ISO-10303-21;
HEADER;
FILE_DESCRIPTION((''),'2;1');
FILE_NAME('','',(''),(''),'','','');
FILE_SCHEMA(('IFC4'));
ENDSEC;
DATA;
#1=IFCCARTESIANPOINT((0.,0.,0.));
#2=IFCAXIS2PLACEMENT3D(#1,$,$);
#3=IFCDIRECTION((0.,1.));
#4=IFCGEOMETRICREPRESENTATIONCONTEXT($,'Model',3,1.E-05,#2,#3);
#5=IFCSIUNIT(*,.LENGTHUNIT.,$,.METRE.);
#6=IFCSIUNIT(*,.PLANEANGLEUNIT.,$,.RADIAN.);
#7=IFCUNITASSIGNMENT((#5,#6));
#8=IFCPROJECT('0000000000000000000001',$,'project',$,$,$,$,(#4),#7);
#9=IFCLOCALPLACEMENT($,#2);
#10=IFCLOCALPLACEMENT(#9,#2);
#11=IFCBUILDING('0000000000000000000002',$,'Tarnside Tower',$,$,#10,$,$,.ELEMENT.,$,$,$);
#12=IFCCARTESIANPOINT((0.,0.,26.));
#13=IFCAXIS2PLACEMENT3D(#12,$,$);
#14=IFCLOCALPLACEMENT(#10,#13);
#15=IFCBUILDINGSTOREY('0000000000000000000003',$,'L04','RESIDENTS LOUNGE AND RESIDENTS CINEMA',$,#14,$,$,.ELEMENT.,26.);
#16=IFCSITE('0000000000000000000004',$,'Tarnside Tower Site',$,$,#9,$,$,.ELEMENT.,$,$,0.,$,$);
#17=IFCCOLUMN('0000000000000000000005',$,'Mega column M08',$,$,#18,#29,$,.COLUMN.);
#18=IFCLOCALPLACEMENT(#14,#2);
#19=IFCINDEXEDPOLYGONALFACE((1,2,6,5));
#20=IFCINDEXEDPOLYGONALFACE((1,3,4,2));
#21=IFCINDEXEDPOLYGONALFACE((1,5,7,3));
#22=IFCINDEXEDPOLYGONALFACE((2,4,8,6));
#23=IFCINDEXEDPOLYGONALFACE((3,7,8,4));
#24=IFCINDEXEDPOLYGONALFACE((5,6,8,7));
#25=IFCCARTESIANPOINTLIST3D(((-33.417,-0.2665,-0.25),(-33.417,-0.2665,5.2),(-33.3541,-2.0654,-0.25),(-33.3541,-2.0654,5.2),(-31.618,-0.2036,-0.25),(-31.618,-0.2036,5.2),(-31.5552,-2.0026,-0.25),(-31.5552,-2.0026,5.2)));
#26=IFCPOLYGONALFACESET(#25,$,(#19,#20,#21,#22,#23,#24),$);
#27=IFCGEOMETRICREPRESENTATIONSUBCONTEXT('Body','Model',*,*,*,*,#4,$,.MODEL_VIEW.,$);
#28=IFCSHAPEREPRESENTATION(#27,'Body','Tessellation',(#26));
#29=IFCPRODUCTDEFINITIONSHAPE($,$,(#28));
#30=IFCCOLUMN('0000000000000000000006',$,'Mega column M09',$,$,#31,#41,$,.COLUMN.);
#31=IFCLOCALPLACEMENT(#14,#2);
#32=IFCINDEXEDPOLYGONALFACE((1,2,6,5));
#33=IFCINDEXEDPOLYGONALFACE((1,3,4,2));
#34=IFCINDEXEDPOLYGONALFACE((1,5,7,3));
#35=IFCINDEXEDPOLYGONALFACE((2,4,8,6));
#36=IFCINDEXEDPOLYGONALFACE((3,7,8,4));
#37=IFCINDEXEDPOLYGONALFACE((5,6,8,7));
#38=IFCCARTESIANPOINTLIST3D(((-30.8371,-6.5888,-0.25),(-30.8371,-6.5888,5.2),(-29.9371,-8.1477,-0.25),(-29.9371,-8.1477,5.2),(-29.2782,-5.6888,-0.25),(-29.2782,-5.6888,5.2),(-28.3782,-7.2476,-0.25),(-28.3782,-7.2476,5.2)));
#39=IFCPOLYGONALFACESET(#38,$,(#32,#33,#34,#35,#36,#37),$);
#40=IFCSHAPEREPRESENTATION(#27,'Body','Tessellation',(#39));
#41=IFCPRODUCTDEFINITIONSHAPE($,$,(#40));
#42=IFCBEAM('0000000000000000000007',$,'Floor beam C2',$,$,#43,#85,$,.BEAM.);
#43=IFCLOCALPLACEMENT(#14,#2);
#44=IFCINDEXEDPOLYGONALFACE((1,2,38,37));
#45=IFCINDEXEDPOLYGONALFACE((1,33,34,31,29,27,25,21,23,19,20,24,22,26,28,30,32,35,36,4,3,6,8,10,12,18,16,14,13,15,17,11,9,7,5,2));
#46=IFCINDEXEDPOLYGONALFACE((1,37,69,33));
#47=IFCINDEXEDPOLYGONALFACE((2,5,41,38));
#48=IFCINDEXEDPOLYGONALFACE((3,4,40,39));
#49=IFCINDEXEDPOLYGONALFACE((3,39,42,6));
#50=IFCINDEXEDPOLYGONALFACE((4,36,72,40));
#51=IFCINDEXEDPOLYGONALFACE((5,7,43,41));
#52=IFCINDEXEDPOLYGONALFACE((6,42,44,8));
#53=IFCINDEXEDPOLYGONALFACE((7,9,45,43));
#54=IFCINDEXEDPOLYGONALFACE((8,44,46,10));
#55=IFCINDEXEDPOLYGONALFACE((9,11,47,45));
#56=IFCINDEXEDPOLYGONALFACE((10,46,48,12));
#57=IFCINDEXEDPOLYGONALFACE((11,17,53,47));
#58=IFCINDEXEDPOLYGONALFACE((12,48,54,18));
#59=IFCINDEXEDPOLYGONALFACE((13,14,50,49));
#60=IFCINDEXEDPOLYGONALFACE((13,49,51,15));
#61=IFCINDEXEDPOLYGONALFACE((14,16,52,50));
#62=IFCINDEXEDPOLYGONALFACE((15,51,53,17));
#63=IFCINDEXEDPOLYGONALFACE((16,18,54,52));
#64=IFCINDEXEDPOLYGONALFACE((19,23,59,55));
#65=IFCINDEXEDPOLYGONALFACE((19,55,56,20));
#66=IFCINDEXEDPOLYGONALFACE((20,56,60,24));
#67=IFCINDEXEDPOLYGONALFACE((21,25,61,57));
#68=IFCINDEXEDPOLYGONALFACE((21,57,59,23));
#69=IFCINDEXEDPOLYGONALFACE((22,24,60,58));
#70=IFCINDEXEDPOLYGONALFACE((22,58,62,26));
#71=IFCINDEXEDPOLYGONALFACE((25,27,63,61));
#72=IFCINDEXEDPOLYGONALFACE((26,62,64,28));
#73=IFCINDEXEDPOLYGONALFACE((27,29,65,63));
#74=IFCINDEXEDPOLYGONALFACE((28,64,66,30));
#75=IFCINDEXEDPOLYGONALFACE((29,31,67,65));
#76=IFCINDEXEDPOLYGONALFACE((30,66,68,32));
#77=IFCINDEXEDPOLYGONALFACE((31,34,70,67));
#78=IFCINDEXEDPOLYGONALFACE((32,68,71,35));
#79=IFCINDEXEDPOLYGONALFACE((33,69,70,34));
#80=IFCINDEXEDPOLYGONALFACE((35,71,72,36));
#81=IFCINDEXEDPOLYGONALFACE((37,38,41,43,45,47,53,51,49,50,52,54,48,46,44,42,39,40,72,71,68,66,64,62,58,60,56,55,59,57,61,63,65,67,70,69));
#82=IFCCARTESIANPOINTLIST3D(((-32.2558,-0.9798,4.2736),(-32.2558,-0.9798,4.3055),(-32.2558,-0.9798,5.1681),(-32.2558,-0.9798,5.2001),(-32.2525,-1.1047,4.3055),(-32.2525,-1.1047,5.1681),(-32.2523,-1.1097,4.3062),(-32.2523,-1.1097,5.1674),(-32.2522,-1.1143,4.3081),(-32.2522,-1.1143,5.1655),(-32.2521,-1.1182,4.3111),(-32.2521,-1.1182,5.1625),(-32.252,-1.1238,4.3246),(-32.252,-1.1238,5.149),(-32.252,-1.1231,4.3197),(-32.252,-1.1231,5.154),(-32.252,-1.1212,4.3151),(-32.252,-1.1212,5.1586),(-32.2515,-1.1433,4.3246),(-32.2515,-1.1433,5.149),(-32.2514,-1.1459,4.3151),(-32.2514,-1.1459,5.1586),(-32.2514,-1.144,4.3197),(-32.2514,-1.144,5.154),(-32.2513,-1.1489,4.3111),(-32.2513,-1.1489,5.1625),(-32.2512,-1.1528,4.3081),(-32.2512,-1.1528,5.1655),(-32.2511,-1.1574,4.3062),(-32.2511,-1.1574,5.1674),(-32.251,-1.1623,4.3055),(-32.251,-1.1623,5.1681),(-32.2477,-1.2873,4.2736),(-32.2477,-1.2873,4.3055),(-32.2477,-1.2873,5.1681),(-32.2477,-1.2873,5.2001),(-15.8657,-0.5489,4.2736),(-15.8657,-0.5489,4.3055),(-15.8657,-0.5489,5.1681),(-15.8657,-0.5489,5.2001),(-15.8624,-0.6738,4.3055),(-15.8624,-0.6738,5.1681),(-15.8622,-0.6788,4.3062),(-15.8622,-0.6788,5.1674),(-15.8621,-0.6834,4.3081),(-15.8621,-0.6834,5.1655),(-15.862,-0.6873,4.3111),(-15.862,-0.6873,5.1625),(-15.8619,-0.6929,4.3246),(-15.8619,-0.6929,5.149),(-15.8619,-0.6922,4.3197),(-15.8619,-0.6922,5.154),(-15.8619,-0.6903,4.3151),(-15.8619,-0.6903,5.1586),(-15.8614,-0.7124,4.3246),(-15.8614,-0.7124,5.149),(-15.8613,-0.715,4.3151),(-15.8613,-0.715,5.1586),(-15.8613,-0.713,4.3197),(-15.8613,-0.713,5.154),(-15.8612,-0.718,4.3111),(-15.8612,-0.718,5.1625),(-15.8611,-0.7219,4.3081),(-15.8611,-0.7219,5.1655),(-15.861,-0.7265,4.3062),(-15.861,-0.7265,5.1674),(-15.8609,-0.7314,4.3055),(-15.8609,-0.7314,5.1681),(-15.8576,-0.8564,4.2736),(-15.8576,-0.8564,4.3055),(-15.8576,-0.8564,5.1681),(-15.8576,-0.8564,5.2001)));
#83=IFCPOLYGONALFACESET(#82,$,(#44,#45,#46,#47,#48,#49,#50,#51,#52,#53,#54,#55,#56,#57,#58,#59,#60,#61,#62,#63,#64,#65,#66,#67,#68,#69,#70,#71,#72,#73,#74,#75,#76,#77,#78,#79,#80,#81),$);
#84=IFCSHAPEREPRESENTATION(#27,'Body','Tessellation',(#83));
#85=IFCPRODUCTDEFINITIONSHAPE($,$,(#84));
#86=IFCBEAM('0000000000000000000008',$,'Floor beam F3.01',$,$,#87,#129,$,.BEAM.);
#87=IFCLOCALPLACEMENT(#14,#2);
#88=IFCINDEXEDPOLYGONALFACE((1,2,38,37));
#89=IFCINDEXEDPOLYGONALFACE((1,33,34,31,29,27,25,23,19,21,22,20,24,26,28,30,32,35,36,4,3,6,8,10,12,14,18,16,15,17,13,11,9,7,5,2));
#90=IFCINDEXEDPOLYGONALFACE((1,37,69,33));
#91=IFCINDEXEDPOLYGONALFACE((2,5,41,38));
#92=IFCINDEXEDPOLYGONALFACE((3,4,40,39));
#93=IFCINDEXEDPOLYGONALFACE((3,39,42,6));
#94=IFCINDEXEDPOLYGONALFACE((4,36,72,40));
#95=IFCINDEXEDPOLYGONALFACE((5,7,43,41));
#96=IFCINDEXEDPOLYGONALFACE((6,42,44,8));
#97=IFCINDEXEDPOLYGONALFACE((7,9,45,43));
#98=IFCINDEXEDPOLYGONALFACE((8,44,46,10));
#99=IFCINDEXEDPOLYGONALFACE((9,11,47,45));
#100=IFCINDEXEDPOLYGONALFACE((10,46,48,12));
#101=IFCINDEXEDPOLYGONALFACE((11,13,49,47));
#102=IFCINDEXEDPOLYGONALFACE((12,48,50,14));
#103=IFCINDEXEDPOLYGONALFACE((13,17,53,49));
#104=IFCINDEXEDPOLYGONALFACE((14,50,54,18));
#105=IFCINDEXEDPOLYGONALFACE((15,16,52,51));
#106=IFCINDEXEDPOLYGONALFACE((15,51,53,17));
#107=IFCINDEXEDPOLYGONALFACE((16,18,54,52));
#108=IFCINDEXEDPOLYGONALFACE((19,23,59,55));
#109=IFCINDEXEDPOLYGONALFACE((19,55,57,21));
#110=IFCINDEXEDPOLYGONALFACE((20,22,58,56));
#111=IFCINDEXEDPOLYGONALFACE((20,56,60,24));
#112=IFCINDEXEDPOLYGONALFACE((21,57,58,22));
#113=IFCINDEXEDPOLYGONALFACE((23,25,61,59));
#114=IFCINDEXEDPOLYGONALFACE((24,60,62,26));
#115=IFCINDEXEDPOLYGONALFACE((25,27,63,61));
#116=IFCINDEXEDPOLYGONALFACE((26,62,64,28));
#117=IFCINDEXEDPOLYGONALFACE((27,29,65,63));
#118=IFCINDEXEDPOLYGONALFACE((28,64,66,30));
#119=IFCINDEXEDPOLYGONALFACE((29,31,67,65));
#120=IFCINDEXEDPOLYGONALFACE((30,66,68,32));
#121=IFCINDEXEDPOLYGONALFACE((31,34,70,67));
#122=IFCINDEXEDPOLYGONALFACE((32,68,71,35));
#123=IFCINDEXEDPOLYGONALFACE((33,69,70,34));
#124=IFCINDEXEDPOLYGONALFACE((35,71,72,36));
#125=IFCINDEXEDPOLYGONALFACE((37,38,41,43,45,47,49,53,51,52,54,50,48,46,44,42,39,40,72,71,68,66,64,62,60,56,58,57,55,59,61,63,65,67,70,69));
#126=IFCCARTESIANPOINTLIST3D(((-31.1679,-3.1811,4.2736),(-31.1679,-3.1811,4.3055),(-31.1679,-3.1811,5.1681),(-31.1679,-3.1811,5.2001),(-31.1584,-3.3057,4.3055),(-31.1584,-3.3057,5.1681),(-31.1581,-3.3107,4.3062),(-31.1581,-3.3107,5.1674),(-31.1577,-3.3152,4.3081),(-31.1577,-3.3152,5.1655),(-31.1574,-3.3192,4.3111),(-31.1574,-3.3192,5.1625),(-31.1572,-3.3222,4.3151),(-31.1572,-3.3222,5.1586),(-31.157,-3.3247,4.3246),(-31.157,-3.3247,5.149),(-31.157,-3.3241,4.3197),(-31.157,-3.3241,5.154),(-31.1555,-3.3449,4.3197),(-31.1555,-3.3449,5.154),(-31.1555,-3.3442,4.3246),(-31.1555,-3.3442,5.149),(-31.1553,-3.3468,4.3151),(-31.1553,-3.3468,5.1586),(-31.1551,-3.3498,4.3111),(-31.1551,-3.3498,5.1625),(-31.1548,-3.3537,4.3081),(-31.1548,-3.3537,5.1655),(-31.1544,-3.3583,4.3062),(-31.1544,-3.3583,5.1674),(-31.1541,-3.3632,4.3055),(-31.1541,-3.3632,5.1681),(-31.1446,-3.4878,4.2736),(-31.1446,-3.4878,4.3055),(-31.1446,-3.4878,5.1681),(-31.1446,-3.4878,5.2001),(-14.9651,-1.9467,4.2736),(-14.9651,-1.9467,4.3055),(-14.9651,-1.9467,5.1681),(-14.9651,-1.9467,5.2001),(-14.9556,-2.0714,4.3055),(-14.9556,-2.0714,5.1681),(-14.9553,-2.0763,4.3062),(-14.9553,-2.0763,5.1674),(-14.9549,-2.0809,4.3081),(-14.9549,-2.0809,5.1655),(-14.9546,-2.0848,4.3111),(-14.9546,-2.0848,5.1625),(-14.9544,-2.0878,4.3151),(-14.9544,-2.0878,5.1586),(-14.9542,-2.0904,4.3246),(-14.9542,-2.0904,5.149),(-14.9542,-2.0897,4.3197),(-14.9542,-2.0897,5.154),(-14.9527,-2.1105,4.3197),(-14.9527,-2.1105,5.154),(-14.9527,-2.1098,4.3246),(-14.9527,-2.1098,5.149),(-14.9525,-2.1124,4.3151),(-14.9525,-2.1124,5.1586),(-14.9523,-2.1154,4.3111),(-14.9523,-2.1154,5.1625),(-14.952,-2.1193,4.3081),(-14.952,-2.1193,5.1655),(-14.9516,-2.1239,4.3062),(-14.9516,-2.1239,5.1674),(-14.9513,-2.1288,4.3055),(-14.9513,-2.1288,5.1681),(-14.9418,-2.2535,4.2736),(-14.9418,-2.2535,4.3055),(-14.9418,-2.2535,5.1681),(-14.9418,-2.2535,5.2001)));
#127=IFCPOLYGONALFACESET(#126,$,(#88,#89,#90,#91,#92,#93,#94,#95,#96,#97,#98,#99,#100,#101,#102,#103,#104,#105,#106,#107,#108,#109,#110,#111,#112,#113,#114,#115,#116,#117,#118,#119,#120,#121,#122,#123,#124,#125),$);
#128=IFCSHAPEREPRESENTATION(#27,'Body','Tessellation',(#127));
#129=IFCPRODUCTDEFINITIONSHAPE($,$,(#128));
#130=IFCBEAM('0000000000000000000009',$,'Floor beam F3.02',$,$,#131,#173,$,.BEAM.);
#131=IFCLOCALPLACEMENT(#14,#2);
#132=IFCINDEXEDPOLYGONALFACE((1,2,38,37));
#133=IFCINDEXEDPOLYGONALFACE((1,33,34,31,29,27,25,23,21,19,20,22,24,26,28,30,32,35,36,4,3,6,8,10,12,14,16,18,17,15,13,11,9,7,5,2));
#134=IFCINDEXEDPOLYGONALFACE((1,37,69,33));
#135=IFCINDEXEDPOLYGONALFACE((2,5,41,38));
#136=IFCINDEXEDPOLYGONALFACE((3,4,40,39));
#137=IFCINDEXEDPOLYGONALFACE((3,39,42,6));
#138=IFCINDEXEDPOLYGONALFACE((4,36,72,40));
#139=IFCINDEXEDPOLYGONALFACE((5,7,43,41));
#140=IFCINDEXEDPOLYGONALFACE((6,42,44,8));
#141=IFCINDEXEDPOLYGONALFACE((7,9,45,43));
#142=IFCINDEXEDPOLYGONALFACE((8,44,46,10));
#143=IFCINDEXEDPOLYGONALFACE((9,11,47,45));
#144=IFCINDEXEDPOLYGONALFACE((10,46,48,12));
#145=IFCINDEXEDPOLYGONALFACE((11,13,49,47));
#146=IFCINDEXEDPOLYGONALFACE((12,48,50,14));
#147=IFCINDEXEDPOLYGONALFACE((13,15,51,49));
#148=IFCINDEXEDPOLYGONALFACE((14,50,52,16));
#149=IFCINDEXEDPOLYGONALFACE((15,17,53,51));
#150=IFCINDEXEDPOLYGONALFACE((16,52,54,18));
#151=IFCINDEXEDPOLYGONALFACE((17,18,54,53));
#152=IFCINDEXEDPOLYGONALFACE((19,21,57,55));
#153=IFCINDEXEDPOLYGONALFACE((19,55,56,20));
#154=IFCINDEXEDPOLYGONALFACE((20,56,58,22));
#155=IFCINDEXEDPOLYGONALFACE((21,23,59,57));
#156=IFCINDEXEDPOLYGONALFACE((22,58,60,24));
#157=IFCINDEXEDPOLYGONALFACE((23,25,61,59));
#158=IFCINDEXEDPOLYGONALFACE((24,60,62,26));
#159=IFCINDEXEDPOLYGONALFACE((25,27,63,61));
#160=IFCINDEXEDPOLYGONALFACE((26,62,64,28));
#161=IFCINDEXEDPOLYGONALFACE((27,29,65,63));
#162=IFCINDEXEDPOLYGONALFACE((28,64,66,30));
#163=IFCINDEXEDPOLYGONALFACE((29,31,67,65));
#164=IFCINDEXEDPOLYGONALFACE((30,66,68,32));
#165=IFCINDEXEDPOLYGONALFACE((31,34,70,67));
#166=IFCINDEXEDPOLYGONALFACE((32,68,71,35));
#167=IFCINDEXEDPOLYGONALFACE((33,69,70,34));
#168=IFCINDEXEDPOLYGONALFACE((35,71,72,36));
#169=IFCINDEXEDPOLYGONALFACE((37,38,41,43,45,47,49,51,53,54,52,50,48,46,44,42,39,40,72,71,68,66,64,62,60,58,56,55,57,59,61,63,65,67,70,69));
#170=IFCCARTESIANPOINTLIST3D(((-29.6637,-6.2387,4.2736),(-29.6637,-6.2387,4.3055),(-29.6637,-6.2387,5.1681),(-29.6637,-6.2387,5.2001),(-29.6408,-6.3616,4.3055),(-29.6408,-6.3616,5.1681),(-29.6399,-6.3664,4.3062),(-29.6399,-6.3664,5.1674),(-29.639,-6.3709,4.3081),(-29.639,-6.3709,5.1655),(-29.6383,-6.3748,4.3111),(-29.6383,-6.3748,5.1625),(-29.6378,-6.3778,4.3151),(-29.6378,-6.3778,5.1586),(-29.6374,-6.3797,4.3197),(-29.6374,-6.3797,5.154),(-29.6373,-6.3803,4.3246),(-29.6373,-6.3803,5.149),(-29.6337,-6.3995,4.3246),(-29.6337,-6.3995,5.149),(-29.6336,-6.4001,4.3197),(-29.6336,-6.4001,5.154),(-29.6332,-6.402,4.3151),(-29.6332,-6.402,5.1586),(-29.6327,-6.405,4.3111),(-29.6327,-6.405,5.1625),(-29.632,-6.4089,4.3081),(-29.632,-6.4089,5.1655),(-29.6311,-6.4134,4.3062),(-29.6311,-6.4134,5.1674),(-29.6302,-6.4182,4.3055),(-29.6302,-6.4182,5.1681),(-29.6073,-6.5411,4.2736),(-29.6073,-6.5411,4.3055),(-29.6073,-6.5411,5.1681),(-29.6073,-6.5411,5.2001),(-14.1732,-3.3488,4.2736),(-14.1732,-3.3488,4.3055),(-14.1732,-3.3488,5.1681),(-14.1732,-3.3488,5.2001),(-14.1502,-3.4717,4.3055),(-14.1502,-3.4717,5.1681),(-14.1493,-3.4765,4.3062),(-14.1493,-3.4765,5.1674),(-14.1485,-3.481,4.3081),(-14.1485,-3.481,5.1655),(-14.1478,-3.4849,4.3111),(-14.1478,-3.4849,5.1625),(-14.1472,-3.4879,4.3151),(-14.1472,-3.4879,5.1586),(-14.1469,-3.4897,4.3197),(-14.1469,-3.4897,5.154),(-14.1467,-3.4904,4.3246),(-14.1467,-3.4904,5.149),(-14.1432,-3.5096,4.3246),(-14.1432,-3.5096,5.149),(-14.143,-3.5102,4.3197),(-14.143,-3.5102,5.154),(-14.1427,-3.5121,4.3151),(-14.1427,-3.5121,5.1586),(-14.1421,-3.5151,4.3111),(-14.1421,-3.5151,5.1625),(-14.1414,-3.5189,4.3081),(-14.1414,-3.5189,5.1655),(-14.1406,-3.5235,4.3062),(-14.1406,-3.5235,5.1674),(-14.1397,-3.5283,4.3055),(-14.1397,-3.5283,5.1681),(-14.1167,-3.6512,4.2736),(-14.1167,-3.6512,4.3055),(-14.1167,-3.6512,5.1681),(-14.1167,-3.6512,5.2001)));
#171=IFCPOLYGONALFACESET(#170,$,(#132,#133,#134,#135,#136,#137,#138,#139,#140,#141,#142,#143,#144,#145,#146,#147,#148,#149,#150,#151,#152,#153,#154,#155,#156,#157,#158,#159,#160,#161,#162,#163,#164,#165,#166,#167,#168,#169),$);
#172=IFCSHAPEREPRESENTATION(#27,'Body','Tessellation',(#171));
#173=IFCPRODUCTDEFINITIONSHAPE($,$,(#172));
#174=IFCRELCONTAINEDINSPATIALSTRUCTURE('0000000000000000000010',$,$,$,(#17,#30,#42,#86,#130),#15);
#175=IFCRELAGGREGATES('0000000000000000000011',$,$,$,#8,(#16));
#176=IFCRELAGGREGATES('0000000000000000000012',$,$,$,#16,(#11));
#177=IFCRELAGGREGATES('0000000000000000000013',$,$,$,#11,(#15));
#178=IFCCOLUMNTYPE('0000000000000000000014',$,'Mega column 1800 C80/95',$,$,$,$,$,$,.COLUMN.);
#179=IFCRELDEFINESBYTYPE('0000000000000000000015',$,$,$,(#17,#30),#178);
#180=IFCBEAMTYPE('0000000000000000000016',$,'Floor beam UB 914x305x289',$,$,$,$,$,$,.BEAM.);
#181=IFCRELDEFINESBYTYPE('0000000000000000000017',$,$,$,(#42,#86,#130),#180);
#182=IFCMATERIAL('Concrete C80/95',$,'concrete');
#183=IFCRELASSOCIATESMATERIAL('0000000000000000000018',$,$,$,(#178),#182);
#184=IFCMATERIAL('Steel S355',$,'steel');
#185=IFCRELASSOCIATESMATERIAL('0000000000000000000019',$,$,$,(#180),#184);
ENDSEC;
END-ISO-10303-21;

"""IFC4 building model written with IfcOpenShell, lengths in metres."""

from ifc_helpers import new_model, si_unit, direction, frame, origin, origin_2d, place, context, subcontext, project, spatial, rectangle, i_section, extrude, material, material_profile, profile_set, type_object, element, save


model = new_model("IFC4")

# Units and contexts
model_context = context("Model", 3, precision=1e-05, world=origin(), true_north=direction((0.0, 1.0)))
body_context = subcontext(model_context, "Body", "Model", "MODEL_VIEW")
ifc_project = project(units=[si_unit("LENGTHUNIT", "METRE"), si_unit("PLANEANGLEUNIT", "RADIAN")], contexts=[model_context])

# Site, building, storey
site_placement = place(None, origin())
site = spatial("IfcSite", under=ifc_project, at=site_placement, Name="Tarnside Tower Site", CompositionType="ELEMENT", RefElevation=0.0)
building_placement = place(site_placement, origin())
building = spatial("IfcBuilding", under=site, at=building_placement, Name="Tarnside Tower", CompositionType="ELEMENT")
storey_placement = place(building_placement, frame((0.0, 0.0, 26.0)))
storey = spatial("IfcBuildingStorey", under=building, at=storey_placement, Name="L04", Description="RESIDENTS LOUNGE AND RESIDENTS CINEMA", CompositionType="ELEMENT", Elevation=26.0)

# Columns
ifc_material_1 = material(Name="Concrete C80/95", Category="concrete")
ifc_material_profile_1 = material_profile(ifc_material_1, rectangle(XDim=1.8, YDim=1.8, at=origin_2d()), Name="Mega column 1800x1800")
ifc_profile_set_1 = profile_set([ifc_material_profile_1], Name="Concrete C80/95")
column_type = type_object("IfcColumnType", Name="Mega column 1800 C80/95", PredefinedType="COLUMN", material=ifc_profile_set_1)
for number, where, z_axis, x_axis, name in (
    (1, (-32.4861, -1.1345, -0.25), (0.0, 0.0, 1.0), (-0.034899, 0.999391, 0.0), "Mega column M08"),
    (2, (-29.6077, -6.9182, -0.25), (0.0, 0.0, 1.0), (-0.5, 0.866025, 0.0), "Mega column M09"),
):
    element("IfcColumn", number, at=place(storey_placement, frame(where, z_axis=z_axis, x_axis=x_axis)), inside=storey, type_object=column_type, Name=name, PredefinedType="COLUMN", context=body_context, shape_type="SweptSolid", body=[
        extrude(rectangle(XDim=1.8, YDim=1.8, at=origin_2d()), origin(), (0.0, 0.0, 1.0), 5.45),
    ])

# Beams
ifc_material_2 = material(Name="Steel S355", Category="steel")
ifc_material_profile_2 = material_profile(ifc_material_2, i_section(OverallWidth=0.3076, OverallDepth=0.9265, WebThickness=0.0195, FlangeThickness=0.032, FilletRadius=0.019, at=origin_2d()), Name="UB 914x305x289")
ifc_profile_set_2 = profile_set([ifc_material_profile_2], Name="Steel S355")
beam_type_1 = type_object("IfcBeamType", Name="Floor beam UB 914x305x289", PredefinedType="BEAM", material=ifc_profile_set_2)
beam_1_placement = place(storey_placement, frame((-32.2517, -1.1335, 4.7368), z_axis=(0.999655, 0.026282, 0.0), x_axis=(-0.026282, 0.999655, 0.0)))
element("IfcBeam", 3, at=beam_1_placement, inside=storey, type_object=beam_type_1, Name="Floor beam C2", PredefinedType="BEAM", context=body_context, shape_type="SweptSolid", body=[
    extrude(i_section(OverallWidth=0.3076, OverallDepth=0.9265, WebThickness=0.0195, FlangeThickness=0.032, FilletRadius=0.019, at=origin_2d()), origin(), (0.0, 0.0, 1.0), 16.3958),
])
beam_2_placement = place(storey_placement, frame((-31.1562, -3.3345, 4.7368), z_axis=(0.997111, 0.075962, 0.0), x_axis=(-0.075962, 0.997111, 0.0)))
element("IfcBeam", 4, at=beam_2_placement, inside=storey, type_object=beam_type_1, Name="Floor beam F3.01", PredefinedType="BEAM", context=body_context, shape_type="SweptSolid", body=[
    extrude(i_section(OverallWidth=0.3076, OverallDepth=0.9265, WebThickness=0.0195, FlangeThickness=0.032, FilletRadius=0.019, at=origin_2d()), origin(), (0.0, 0.0, 1.0), 16.2498),
])
beam_3_placement = place(storey_placement, frame((-29.6355, -6.3899, 4.7368), z_axis=(0.983039, 0.183395, 0.0), x_axis=(-0.183395, 0.983039, 0.0)))
element("IfcBeam", 5, at=beam_3_placement, inside=storey, type_object=beam_type_1, Name="Floor beam F3.02", PredefinedType="BEAM", context=body_context, shape_type="SweptSolid", body=[
    extrude(i_section(OverallWidth=0.3076, OverallDepth=0.9265, WebThickness=0.0195, FlangeThickness=0.032, FilletRadius=0.019, at=origin_2d()), origin(), (0.0, 0.0, 1.0), 15.7578),
])

save(model, "model.ifc")
